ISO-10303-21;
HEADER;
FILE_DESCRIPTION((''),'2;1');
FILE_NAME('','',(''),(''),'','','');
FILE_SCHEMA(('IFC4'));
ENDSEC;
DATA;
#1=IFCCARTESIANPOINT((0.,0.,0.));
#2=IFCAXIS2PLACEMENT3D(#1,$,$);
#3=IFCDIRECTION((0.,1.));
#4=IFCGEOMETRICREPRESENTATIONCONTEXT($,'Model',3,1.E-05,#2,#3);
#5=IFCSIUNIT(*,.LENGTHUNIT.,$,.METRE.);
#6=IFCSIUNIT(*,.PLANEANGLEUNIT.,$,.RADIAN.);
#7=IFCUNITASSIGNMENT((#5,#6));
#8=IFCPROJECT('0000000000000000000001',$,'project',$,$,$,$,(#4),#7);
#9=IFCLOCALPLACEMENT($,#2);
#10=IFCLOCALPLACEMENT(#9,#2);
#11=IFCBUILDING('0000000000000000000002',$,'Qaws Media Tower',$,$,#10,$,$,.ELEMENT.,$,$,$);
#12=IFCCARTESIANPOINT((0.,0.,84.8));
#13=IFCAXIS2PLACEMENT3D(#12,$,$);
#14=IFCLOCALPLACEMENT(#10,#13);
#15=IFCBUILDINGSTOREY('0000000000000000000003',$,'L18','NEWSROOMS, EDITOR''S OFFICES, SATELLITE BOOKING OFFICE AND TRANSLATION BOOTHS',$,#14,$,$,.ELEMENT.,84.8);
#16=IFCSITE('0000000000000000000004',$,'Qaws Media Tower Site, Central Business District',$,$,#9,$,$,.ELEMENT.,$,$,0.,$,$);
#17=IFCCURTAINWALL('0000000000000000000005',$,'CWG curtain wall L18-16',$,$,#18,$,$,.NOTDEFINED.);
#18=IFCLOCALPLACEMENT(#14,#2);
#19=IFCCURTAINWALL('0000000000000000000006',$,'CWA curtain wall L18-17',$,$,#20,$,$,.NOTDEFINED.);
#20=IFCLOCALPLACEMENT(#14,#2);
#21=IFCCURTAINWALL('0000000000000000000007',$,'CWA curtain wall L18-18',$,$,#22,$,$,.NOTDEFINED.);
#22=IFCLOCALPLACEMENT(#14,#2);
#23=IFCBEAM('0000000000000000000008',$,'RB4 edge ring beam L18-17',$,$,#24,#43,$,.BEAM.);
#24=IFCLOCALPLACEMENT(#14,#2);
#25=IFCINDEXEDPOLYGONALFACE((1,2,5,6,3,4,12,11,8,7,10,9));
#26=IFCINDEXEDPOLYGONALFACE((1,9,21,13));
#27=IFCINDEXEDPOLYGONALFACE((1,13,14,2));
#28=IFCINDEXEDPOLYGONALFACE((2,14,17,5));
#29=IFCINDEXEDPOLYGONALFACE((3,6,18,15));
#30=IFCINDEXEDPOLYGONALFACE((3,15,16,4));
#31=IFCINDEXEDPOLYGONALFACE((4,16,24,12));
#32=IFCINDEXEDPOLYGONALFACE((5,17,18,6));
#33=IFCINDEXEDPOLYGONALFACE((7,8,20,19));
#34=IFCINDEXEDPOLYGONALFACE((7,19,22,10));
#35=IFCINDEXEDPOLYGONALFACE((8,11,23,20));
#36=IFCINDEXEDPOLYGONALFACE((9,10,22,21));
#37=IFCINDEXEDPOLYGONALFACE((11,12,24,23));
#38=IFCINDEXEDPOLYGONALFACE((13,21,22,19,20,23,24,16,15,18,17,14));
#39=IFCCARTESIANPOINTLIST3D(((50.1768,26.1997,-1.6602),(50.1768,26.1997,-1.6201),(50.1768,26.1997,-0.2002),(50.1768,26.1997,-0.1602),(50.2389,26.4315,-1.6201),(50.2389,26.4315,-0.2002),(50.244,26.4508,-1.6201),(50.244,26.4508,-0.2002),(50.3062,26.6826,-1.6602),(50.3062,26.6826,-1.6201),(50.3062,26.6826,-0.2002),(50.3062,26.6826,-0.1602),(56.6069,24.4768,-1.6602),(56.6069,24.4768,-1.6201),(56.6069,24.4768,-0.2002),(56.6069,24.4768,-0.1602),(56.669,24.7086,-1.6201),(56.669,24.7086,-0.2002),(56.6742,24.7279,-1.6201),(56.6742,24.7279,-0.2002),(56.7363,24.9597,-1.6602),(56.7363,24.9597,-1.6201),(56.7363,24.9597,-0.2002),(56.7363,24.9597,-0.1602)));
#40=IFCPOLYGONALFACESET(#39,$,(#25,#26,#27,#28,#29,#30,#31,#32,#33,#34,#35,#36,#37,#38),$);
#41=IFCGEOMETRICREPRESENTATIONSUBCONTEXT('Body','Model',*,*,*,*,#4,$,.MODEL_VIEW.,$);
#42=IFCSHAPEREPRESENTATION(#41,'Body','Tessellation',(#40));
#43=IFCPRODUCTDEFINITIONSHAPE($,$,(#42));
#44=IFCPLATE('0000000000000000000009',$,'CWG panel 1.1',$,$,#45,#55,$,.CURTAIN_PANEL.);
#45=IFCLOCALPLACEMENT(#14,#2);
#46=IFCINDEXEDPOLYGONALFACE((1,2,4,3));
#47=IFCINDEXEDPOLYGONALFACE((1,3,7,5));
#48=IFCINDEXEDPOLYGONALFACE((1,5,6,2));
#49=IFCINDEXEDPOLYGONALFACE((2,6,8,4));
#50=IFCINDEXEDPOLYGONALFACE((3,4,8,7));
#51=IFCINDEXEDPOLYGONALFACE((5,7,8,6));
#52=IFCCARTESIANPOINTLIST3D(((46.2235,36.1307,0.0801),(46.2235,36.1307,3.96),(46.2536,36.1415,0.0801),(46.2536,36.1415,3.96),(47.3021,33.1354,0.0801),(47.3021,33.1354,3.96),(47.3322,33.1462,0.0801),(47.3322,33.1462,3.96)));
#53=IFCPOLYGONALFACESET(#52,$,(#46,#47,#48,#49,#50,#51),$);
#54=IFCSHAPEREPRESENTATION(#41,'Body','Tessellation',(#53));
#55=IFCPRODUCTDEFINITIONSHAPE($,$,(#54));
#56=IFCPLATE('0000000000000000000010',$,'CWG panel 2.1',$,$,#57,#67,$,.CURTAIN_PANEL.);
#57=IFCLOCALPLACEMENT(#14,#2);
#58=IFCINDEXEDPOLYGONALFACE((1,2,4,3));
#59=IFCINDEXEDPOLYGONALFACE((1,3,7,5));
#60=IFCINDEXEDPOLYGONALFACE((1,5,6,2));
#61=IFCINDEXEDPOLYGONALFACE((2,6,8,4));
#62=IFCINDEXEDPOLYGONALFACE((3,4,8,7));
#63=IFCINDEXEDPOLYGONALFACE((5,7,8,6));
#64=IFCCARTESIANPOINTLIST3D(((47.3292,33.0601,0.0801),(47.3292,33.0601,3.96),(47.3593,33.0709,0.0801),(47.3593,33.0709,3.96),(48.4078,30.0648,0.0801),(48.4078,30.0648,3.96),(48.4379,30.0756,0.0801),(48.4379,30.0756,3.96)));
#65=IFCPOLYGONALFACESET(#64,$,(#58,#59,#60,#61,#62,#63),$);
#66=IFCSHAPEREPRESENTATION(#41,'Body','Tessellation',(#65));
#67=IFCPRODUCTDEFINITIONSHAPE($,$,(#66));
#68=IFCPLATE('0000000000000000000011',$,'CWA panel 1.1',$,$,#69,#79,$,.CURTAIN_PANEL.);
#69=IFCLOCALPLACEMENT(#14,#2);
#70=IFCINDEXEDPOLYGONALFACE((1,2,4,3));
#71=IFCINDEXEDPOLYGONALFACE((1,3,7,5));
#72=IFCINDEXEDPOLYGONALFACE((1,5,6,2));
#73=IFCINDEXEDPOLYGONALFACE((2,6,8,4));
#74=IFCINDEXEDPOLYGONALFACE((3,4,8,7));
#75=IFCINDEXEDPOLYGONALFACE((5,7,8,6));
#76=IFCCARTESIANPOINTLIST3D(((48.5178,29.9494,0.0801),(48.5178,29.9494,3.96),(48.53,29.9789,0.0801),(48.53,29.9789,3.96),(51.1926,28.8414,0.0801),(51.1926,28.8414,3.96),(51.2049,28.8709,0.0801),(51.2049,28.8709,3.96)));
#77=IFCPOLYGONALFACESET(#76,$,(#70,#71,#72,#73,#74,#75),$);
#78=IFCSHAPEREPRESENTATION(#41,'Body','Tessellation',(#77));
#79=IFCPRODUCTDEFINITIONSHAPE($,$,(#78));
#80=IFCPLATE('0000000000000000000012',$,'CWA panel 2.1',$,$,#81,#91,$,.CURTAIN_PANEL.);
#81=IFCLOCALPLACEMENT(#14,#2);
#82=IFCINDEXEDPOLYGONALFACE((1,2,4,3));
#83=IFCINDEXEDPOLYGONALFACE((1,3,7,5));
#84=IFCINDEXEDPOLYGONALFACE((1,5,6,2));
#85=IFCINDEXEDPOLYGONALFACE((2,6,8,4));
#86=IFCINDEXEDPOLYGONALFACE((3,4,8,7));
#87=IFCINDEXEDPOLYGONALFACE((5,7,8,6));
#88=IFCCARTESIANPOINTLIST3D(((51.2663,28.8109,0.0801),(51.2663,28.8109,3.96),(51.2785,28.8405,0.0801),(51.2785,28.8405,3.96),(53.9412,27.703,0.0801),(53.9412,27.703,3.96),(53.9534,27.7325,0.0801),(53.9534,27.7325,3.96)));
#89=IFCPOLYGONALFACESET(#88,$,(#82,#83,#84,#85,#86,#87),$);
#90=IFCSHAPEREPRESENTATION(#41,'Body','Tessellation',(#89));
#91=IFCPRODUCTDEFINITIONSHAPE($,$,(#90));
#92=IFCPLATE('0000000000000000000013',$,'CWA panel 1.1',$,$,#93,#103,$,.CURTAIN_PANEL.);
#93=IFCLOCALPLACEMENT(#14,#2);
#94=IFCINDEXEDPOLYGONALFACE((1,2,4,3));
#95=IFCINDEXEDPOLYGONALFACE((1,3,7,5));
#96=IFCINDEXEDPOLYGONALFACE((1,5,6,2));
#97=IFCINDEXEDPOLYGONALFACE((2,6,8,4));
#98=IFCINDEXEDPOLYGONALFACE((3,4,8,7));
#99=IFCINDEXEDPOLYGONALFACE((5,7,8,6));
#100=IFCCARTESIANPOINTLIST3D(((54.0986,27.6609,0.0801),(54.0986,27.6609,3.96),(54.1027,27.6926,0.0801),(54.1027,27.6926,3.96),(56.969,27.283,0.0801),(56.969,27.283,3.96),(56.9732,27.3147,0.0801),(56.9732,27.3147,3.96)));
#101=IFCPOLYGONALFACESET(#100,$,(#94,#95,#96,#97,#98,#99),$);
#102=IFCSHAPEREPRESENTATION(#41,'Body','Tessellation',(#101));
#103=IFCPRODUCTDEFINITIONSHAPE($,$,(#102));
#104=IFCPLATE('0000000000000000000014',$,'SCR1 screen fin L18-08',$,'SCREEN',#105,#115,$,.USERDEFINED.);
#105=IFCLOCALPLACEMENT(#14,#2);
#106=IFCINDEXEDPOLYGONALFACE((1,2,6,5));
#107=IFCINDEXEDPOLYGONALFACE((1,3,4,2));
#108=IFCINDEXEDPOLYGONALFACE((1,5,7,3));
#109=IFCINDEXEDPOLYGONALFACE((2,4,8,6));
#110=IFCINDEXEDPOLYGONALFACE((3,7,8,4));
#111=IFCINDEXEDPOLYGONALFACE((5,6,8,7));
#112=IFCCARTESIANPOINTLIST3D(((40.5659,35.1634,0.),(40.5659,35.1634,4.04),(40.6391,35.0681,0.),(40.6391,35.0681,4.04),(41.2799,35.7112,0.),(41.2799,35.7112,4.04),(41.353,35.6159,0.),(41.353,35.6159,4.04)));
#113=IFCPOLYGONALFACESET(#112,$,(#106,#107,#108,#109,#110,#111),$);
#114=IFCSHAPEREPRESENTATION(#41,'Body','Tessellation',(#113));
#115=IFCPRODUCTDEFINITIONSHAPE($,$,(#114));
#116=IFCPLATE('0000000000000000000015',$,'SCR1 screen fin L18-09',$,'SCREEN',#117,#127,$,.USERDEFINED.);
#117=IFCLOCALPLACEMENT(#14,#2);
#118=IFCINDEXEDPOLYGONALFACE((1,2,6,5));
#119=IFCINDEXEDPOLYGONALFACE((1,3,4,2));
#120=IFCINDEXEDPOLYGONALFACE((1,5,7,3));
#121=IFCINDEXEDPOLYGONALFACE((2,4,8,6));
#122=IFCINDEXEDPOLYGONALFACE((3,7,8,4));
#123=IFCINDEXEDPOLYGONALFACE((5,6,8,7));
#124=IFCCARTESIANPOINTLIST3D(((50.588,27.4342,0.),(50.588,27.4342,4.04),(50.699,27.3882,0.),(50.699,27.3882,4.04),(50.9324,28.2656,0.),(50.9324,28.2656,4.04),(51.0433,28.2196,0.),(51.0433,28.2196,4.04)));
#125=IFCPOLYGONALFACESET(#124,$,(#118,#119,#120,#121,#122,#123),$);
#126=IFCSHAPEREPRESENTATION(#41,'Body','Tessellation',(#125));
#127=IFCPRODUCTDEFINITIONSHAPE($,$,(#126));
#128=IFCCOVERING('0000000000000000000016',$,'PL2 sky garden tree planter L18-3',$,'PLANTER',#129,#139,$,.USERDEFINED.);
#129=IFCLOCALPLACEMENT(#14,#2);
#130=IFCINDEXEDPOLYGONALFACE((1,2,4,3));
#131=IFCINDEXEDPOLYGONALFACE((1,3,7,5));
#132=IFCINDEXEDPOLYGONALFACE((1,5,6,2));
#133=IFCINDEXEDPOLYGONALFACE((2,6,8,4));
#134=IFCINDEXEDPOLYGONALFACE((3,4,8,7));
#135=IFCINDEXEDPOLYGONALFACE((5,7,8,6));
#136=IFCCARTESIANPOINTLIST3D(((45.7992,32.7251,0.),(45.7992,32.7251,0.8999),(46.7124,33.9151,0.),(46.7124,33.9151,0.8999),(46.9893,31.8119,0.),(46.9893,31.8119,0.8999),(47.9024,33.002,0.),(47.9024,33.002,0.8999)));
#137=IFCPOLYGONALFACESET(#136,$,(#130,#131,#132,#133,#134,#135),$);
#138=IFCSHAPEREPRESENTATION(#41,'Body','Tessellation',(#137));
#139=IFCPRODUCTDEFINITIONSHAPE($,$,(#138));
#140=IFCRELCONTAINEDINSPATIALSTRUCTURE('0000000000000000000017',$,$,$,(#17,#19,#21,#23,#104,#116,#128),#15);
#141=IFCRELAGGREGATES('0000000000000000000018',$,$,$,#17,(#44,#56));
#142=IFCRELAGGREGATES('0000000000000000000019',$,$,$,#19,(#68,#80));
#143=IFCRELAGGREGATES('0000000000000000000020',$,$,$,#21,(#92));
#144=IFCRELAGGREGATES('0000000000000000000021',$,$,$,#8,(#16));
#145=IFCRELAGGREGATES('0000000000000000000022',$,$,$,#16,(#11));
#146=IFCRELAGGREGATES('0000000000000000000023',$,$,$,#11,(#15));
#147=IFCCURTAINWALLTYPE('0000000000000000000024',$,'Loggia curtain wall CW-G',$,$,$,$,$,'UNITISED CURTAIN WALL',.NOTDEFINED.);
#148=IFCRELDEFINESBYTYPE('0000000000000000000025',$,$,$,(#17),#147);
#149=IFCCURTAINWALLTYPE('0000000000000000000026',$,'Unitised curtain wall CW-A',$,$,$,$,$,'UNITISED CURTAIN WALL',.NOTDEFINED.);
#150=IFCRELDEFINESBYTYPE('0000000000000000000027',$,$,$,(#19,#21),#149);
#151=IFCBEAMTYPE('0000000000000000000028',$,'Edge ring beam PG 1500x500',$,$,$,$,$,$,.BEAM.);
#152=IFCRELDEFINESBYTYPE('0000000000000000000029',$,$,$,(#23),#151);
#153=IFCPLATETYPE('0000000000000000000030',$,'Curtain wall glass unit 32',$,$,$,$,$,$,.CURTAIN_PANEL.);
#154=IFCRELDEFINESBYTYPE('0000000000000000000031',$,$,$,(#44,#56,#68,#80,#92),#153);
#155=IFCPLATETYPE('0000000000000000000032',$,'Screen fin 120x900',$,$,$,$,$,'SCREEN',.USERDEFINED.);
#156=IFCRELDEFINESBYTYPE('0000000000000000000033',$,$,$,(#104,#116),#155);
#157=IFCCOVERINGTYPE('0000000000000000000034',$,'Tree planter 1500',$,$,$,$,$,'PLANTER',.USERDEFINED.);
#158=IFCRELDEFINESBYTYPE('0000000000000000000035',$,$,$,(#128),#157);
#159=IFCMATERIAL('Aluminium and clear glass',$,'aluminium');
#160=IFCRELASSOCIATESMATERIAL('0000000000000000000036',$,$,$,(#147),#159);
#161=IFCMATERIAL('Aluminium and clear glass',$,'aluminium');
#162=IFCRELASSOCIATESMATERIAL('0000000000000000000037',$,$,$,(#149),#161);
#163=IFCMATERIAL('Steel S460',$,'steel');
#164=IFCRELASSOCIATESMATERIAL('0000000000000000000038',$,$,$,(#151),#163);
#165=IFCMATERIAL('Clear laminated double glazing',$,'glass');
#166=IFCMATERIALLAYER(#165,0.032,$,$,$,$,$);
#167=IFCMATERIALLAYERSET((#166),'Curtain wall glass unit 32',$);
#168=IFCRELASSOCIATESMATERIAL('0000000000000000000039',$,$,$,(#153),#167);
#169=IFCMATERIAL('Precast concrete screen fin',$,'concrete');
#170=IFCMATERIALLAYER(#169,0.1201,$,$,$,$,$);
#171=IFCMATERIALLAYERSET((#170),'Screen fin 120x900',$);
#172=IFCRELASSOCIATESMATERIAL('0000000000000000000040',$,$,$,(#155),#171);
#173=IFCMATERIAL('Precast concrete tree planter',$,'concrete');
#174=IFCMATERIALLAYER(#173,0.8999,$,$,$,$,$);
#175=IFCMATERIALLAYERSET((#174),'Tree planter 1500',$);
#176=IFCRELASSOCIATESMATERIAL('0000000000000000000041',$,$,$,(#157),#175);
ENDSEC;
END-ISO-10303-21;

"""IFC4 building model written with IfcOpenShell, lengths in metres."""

from ifc_helpers import new_model, si_unit, direction, frame, origin, origin_2d, place, context, subcontext, project, spatial, rectangle, i_section, extrude, material, layer, layer_set, material_profile, profile_set, type_object, element, aggregate, save


model = new_model("IFC4")

# Units and contexts
model_context = context("Model", 3, precision=1e-05, world=origin(), true_north=direction((0.0, 1.0)))
body_context = subcontext(model_context, "Body", "Model", "MODEL_VIEW")
ifc_project = project(units=[si_unit("LENGTHUNIT", "METRE"), si_unit("PLANEANGLEUNIT", "RADIAN")], contexts=[model_context])

# Site, building, storey
site_placement = place(None, origin())
site = spatial("IfcSite", under=ifc_project, at=site_placement, Name="Qaws Media Tower Site, Central Business District", CompositionType="ELEMENT", RefElevation=0.0)
building_placement = place(site_placement, origin())
building = spatial("IfcBuilding", under=site, at=building_placement, Name="Qaws Media Tower", CompositionType="ELEMENT")
storey_placement = place(building_placement, frame((0.0, 0.0, 84.8)))
storey = spatial("IfcBuildingStorey", under=building, at=storey_placement, Name="L18", Description="NEWSROOMS, EDITOR'S OFFICES, SATELLITE BOOKING OFFICE AND TRANSLATION BOOTHS", CompositionType="ELEMENT", Elevation=84.8)

# Curtain walls
ifc_material_1 = material(Name="Aluminium and clear glass", Category="aluminium")
curtain_wall_type_1 = type_object("IfcCurtainWallType", Name="Loggia curtain wall CW-G", ElementType="UNITISED CURTAIN WALL", PredefinedType="NOTDEFINED", material=ifc_material_1)
curtain_wall_1_placement = place(storey_placement, origin())
curtain_wall_1 = element("IfcCurtainWall", 1, at=curtain_wall_1_placement, inside=storey, type_object=curtain_wall_type_1, Name="CWG curtain wall L18-16", PredefinedType="NOTDEFINED")
ifc_material_2 = material(Name="Aluminium and clear glass", Category="aluminium")
curtain_wall_type_2 = type_object("IfcCurtainWallType", Name="Unitised curtain wall CW-A", ElementType="UNITISED CURTAIN WALL", PredefinedType="NOTDEFINED", material=ifc_material_2)
curtain_wall_2_placement = place(storey_placement, origin())
curtain_wall_2 = element("IfcCurtainWall", 2, at=curtain_wall_2_placement, inside=storey, type_object=curtain_wall_type_2, Name="CWA curtain wall L18-17", PredefinedType="NOTDEFINED")

# Curtain wall
curtain_wall_3_placement = place(storey_placement, origin())
curtain_wall_3 = element("IfcCurtainWall", 3, at=curtain_wall_3_placement, inside=storey, type_object=curtain_wall_type_2, Name="CWA curtain wall L18-18", PredefinedType="NOTDEFINED")

# Beam
ifc_material_3 = material(Name="Steel S460", Category="steel")
ifc_material_profile_1 = material_profile(ifc_material_3, i_section(OverallWidth=0.5, OverallDepth=1.5, WebThickness=0.02, FlangeThickness=0.04, at=origin_2d()), Name="PG 1500x500")
ifc_profile_set_1 = profile_set([ifc_material_profile_1], Name="Steel S460")
beam_type = type_object("IfcBeamType", Name="Edge ring beam PG 1500x500", PredefinedType="BEAM", material=ifc_profile_set_1)
beam_1_placement = place(storey_placement, frame((50.2415, 26.4412, -0.9102), z_axis=(0.965928, -0.258811, 0.0), x_axis=(0.258811, 0.965928, 0.0)))
element("IfcBeam", 4, at=beam_1_placement, inside=storey, type_object=beam_type, Name="RB4 edge ring beam L18-17", PredefinedType="BEAM", context=body_context, shape_type="SweptSolid", body=[
    extrude(i_section(OverallWidth=0.5, OverallDepth=1.5, WebThickness=0.02, FlangeThickness=0.04, at=origin_2d()), origin(), (0.0, 0.0, 1.0), 6.657),
])

# Plates
ifc_material_4 = material(Name="Clear laminated double glazing", Category="glass")
ifc_layer_1 = layer(ifc_material_4, 0.032)
ifc_layer_set_1 = layer_set([ifc_layer_1], Name="Curtain wall glass unit 32")
plate_type_1 = type_object("IfcPlateType", Name="Curtain wall glass unit 32", PredefinedType="CURTAIN_PANEL", material=ifc_layer_set_1)
plate_1_placement = place(storey_placement, frame((46.7778, 34.6384, 0.0801), z_axis=(0.0, 0.0, 1.0), x_axis=(0.3388, -0.940858, 0.0)))
plate_1 = element("IfcPlate", 5, at=plate_1_placement, type_object=plate_type_1, Name="CWG panel 1.1", PredefinedType="CURTAIN_PANEL", context=body_context, shape_type="SweptSolid", body=[
    extrude(rectangle(XDim=3.1836, YDim=0.032, at=origin_2d()), origin(), (0.0, 0.0, 1.0), 3.8799),
])
plate_2_placement = place(storey_placement, frame((47.8835, 31.5679, 0.0801), z_axis=(0.0, 0.0, 1.0), x_axis=(0.3388, -0.940858, 0.0)))
plate_2 = element("IfcPlate", 6, at=plate_2_placement, type_object=plate_type_1, Name="CWG panel 2.1", PredefinedType="CURTAIN_PANEL", context=body_context, shape_type="SweptSolid", body=[
    extrude(rectangle(XDim=3.1836, YDim=0.032, at=origin_2d()), origin(), (0.0, 0.0, 1.0), 3.8799),
])
aggregate(curtain_wall_1, [plate_1, plate_2])
plate_3_placement = place(storey_placement, frame((49.8613, 29.4102, 0.0801), z_axis=(0.0, 0.0, 1.0), x_axis=(0.92388, -0.382683, 0.0)))
plate_3 = element("IfcPlate", 7, at=plate_3_placement, type_object=plate_type_1, Name="CWA panel 1.1", PredefinedType="CURTAIN_PANEL", context=body_context, shape_type="SweptSolid", body=[
    extrude(rectangle(XDim=2.8953, YDim=0.032, at=origin_2d()), origin(), (0.0, 0.0, 1.0), 3.8799),
])
plate_4_placement = place(storey_placement, frame((52.6099, 28.2717, 0.0801), z_axis=(0.0, 0.0, 1.0), x_axis=(0.92388, -0.382683, 0.0)))
plate_4 = element("IfcPlate", 8, at=plate_4_placement, type_object=plate_type_1, Name="CWA panel 2.1", PredefinedType="CURTAIN_PANEL", context=body_context, shape_type="SweptSolid", body=[
    extrude(rectangle(XDim=2.8953, YDim=0.032, at=origin_2d()), origin(), (0.0, 0.0, 1.0), 3.8799),
])
aggregate(curtain_wall_2, [plate_3, plate_4])
plate_5_placement = place(storey_placement, frame((55.5359, 27.4878, 0.0801), z_axis=(0.0, 0.0, 1.0), x_axis=(0.991445, -0.130526, 0.0)))
plate_5 = element("IfcPlate", 9, at=plate_5_placement, type_object=plate_type_1, Name="CWA panel 1.1", PredefinedType="CURTAIN_PANEL", context=body_context, shape_type="SweptSolid", body=[
    extrude(rectangle(XDim=2.8953, YDim=0.032, at=origin_2d()), origin(), (0.0, 0.0, 1.0), 3.8799),
])
aggregate(curtain_wall_3, [plate_5])

# Plates
ifc_material_5 = material(Name="Precast concrete screen fin", Category="concrete")
ifc_layer_2 = layer(ifc_material_5, 0.1201)
ifc_layer_set_2 = layer_set([ifc_layer_2], Name="Screen fin 120x900")
plate_type_2 = type_object("IfcPlateType", Name="Screen fin 120x900", ElementType="SCREEN", PredefinedType="USERDEFINED", material=ifc_layer_set_2)
for number, where, z_axis, x_axis, name in (
    (10, (40.9595, 35.3896, 0.0), (0.0, 0.0, 1.0), (-0.793353, -0.608761, 0.0), "SCR1 screen fin L18-08"),
    (11, (50.8157, 27.8269, 0.0), (0.0, 0.0, 1.0), (-0.382683, -0.92388, 0.0), "SCR1 screen fin L18-09"),
):
    element("IfcPlate", number, at=place(storey_placement, frame(where, z_axis=z_axis, x_axis=x_axis)), inside=storey, type_object=plate_type_2, Name=name, ObjectType="SCREEN", PredefinedType="USERDEFINED", context=body_context, shape_type="SweptSolid", body=[
        extrude(rectangle(XDim=0.8999, YDim=0.1201, at=origin_2d()), origin(), (0.0, 0.0, 1.0), 4.04),
    ])

# Covering
ifc_material_6 = material(Name="Precast concrete tree planter", Category="concrete")
ifc_layer_3 = layer(ifc_material_6, 0.8999)
ifc_layer_set_3 = layer_set([ifc_layer_3], Name="Tree planter 1500")
covering_type = type_object("IfcCoveringType", Name="Tree planter 1500", ElementType="PLANTER", PredefinedType="USERDEFINED", material=ifc_layer_set_3)
covering_placement = place(storey_placement, frame((46.8508, 32.8635, 0.0), z_axis=(0.0, 0.0, 1.0), x_axis=(-0.608761, -0.793353, 0.0)))
element("IfcCovering", 12, at=covering_placement, inside=storey, type_object=covering_type, Name="PL2 sky garden tree planter L18-3", ObjectType="PLANTER", PredefinedType="USERDEFINED", context=body_context, shape_type="SweptSolid", body=[
    extrude(rectangle(XDim=1.5, YDim=1.5, at=origin_2d()), origin(), (0.0, 0.0, 1.0), 0.8999),
])

save(model, "model.ifc")
